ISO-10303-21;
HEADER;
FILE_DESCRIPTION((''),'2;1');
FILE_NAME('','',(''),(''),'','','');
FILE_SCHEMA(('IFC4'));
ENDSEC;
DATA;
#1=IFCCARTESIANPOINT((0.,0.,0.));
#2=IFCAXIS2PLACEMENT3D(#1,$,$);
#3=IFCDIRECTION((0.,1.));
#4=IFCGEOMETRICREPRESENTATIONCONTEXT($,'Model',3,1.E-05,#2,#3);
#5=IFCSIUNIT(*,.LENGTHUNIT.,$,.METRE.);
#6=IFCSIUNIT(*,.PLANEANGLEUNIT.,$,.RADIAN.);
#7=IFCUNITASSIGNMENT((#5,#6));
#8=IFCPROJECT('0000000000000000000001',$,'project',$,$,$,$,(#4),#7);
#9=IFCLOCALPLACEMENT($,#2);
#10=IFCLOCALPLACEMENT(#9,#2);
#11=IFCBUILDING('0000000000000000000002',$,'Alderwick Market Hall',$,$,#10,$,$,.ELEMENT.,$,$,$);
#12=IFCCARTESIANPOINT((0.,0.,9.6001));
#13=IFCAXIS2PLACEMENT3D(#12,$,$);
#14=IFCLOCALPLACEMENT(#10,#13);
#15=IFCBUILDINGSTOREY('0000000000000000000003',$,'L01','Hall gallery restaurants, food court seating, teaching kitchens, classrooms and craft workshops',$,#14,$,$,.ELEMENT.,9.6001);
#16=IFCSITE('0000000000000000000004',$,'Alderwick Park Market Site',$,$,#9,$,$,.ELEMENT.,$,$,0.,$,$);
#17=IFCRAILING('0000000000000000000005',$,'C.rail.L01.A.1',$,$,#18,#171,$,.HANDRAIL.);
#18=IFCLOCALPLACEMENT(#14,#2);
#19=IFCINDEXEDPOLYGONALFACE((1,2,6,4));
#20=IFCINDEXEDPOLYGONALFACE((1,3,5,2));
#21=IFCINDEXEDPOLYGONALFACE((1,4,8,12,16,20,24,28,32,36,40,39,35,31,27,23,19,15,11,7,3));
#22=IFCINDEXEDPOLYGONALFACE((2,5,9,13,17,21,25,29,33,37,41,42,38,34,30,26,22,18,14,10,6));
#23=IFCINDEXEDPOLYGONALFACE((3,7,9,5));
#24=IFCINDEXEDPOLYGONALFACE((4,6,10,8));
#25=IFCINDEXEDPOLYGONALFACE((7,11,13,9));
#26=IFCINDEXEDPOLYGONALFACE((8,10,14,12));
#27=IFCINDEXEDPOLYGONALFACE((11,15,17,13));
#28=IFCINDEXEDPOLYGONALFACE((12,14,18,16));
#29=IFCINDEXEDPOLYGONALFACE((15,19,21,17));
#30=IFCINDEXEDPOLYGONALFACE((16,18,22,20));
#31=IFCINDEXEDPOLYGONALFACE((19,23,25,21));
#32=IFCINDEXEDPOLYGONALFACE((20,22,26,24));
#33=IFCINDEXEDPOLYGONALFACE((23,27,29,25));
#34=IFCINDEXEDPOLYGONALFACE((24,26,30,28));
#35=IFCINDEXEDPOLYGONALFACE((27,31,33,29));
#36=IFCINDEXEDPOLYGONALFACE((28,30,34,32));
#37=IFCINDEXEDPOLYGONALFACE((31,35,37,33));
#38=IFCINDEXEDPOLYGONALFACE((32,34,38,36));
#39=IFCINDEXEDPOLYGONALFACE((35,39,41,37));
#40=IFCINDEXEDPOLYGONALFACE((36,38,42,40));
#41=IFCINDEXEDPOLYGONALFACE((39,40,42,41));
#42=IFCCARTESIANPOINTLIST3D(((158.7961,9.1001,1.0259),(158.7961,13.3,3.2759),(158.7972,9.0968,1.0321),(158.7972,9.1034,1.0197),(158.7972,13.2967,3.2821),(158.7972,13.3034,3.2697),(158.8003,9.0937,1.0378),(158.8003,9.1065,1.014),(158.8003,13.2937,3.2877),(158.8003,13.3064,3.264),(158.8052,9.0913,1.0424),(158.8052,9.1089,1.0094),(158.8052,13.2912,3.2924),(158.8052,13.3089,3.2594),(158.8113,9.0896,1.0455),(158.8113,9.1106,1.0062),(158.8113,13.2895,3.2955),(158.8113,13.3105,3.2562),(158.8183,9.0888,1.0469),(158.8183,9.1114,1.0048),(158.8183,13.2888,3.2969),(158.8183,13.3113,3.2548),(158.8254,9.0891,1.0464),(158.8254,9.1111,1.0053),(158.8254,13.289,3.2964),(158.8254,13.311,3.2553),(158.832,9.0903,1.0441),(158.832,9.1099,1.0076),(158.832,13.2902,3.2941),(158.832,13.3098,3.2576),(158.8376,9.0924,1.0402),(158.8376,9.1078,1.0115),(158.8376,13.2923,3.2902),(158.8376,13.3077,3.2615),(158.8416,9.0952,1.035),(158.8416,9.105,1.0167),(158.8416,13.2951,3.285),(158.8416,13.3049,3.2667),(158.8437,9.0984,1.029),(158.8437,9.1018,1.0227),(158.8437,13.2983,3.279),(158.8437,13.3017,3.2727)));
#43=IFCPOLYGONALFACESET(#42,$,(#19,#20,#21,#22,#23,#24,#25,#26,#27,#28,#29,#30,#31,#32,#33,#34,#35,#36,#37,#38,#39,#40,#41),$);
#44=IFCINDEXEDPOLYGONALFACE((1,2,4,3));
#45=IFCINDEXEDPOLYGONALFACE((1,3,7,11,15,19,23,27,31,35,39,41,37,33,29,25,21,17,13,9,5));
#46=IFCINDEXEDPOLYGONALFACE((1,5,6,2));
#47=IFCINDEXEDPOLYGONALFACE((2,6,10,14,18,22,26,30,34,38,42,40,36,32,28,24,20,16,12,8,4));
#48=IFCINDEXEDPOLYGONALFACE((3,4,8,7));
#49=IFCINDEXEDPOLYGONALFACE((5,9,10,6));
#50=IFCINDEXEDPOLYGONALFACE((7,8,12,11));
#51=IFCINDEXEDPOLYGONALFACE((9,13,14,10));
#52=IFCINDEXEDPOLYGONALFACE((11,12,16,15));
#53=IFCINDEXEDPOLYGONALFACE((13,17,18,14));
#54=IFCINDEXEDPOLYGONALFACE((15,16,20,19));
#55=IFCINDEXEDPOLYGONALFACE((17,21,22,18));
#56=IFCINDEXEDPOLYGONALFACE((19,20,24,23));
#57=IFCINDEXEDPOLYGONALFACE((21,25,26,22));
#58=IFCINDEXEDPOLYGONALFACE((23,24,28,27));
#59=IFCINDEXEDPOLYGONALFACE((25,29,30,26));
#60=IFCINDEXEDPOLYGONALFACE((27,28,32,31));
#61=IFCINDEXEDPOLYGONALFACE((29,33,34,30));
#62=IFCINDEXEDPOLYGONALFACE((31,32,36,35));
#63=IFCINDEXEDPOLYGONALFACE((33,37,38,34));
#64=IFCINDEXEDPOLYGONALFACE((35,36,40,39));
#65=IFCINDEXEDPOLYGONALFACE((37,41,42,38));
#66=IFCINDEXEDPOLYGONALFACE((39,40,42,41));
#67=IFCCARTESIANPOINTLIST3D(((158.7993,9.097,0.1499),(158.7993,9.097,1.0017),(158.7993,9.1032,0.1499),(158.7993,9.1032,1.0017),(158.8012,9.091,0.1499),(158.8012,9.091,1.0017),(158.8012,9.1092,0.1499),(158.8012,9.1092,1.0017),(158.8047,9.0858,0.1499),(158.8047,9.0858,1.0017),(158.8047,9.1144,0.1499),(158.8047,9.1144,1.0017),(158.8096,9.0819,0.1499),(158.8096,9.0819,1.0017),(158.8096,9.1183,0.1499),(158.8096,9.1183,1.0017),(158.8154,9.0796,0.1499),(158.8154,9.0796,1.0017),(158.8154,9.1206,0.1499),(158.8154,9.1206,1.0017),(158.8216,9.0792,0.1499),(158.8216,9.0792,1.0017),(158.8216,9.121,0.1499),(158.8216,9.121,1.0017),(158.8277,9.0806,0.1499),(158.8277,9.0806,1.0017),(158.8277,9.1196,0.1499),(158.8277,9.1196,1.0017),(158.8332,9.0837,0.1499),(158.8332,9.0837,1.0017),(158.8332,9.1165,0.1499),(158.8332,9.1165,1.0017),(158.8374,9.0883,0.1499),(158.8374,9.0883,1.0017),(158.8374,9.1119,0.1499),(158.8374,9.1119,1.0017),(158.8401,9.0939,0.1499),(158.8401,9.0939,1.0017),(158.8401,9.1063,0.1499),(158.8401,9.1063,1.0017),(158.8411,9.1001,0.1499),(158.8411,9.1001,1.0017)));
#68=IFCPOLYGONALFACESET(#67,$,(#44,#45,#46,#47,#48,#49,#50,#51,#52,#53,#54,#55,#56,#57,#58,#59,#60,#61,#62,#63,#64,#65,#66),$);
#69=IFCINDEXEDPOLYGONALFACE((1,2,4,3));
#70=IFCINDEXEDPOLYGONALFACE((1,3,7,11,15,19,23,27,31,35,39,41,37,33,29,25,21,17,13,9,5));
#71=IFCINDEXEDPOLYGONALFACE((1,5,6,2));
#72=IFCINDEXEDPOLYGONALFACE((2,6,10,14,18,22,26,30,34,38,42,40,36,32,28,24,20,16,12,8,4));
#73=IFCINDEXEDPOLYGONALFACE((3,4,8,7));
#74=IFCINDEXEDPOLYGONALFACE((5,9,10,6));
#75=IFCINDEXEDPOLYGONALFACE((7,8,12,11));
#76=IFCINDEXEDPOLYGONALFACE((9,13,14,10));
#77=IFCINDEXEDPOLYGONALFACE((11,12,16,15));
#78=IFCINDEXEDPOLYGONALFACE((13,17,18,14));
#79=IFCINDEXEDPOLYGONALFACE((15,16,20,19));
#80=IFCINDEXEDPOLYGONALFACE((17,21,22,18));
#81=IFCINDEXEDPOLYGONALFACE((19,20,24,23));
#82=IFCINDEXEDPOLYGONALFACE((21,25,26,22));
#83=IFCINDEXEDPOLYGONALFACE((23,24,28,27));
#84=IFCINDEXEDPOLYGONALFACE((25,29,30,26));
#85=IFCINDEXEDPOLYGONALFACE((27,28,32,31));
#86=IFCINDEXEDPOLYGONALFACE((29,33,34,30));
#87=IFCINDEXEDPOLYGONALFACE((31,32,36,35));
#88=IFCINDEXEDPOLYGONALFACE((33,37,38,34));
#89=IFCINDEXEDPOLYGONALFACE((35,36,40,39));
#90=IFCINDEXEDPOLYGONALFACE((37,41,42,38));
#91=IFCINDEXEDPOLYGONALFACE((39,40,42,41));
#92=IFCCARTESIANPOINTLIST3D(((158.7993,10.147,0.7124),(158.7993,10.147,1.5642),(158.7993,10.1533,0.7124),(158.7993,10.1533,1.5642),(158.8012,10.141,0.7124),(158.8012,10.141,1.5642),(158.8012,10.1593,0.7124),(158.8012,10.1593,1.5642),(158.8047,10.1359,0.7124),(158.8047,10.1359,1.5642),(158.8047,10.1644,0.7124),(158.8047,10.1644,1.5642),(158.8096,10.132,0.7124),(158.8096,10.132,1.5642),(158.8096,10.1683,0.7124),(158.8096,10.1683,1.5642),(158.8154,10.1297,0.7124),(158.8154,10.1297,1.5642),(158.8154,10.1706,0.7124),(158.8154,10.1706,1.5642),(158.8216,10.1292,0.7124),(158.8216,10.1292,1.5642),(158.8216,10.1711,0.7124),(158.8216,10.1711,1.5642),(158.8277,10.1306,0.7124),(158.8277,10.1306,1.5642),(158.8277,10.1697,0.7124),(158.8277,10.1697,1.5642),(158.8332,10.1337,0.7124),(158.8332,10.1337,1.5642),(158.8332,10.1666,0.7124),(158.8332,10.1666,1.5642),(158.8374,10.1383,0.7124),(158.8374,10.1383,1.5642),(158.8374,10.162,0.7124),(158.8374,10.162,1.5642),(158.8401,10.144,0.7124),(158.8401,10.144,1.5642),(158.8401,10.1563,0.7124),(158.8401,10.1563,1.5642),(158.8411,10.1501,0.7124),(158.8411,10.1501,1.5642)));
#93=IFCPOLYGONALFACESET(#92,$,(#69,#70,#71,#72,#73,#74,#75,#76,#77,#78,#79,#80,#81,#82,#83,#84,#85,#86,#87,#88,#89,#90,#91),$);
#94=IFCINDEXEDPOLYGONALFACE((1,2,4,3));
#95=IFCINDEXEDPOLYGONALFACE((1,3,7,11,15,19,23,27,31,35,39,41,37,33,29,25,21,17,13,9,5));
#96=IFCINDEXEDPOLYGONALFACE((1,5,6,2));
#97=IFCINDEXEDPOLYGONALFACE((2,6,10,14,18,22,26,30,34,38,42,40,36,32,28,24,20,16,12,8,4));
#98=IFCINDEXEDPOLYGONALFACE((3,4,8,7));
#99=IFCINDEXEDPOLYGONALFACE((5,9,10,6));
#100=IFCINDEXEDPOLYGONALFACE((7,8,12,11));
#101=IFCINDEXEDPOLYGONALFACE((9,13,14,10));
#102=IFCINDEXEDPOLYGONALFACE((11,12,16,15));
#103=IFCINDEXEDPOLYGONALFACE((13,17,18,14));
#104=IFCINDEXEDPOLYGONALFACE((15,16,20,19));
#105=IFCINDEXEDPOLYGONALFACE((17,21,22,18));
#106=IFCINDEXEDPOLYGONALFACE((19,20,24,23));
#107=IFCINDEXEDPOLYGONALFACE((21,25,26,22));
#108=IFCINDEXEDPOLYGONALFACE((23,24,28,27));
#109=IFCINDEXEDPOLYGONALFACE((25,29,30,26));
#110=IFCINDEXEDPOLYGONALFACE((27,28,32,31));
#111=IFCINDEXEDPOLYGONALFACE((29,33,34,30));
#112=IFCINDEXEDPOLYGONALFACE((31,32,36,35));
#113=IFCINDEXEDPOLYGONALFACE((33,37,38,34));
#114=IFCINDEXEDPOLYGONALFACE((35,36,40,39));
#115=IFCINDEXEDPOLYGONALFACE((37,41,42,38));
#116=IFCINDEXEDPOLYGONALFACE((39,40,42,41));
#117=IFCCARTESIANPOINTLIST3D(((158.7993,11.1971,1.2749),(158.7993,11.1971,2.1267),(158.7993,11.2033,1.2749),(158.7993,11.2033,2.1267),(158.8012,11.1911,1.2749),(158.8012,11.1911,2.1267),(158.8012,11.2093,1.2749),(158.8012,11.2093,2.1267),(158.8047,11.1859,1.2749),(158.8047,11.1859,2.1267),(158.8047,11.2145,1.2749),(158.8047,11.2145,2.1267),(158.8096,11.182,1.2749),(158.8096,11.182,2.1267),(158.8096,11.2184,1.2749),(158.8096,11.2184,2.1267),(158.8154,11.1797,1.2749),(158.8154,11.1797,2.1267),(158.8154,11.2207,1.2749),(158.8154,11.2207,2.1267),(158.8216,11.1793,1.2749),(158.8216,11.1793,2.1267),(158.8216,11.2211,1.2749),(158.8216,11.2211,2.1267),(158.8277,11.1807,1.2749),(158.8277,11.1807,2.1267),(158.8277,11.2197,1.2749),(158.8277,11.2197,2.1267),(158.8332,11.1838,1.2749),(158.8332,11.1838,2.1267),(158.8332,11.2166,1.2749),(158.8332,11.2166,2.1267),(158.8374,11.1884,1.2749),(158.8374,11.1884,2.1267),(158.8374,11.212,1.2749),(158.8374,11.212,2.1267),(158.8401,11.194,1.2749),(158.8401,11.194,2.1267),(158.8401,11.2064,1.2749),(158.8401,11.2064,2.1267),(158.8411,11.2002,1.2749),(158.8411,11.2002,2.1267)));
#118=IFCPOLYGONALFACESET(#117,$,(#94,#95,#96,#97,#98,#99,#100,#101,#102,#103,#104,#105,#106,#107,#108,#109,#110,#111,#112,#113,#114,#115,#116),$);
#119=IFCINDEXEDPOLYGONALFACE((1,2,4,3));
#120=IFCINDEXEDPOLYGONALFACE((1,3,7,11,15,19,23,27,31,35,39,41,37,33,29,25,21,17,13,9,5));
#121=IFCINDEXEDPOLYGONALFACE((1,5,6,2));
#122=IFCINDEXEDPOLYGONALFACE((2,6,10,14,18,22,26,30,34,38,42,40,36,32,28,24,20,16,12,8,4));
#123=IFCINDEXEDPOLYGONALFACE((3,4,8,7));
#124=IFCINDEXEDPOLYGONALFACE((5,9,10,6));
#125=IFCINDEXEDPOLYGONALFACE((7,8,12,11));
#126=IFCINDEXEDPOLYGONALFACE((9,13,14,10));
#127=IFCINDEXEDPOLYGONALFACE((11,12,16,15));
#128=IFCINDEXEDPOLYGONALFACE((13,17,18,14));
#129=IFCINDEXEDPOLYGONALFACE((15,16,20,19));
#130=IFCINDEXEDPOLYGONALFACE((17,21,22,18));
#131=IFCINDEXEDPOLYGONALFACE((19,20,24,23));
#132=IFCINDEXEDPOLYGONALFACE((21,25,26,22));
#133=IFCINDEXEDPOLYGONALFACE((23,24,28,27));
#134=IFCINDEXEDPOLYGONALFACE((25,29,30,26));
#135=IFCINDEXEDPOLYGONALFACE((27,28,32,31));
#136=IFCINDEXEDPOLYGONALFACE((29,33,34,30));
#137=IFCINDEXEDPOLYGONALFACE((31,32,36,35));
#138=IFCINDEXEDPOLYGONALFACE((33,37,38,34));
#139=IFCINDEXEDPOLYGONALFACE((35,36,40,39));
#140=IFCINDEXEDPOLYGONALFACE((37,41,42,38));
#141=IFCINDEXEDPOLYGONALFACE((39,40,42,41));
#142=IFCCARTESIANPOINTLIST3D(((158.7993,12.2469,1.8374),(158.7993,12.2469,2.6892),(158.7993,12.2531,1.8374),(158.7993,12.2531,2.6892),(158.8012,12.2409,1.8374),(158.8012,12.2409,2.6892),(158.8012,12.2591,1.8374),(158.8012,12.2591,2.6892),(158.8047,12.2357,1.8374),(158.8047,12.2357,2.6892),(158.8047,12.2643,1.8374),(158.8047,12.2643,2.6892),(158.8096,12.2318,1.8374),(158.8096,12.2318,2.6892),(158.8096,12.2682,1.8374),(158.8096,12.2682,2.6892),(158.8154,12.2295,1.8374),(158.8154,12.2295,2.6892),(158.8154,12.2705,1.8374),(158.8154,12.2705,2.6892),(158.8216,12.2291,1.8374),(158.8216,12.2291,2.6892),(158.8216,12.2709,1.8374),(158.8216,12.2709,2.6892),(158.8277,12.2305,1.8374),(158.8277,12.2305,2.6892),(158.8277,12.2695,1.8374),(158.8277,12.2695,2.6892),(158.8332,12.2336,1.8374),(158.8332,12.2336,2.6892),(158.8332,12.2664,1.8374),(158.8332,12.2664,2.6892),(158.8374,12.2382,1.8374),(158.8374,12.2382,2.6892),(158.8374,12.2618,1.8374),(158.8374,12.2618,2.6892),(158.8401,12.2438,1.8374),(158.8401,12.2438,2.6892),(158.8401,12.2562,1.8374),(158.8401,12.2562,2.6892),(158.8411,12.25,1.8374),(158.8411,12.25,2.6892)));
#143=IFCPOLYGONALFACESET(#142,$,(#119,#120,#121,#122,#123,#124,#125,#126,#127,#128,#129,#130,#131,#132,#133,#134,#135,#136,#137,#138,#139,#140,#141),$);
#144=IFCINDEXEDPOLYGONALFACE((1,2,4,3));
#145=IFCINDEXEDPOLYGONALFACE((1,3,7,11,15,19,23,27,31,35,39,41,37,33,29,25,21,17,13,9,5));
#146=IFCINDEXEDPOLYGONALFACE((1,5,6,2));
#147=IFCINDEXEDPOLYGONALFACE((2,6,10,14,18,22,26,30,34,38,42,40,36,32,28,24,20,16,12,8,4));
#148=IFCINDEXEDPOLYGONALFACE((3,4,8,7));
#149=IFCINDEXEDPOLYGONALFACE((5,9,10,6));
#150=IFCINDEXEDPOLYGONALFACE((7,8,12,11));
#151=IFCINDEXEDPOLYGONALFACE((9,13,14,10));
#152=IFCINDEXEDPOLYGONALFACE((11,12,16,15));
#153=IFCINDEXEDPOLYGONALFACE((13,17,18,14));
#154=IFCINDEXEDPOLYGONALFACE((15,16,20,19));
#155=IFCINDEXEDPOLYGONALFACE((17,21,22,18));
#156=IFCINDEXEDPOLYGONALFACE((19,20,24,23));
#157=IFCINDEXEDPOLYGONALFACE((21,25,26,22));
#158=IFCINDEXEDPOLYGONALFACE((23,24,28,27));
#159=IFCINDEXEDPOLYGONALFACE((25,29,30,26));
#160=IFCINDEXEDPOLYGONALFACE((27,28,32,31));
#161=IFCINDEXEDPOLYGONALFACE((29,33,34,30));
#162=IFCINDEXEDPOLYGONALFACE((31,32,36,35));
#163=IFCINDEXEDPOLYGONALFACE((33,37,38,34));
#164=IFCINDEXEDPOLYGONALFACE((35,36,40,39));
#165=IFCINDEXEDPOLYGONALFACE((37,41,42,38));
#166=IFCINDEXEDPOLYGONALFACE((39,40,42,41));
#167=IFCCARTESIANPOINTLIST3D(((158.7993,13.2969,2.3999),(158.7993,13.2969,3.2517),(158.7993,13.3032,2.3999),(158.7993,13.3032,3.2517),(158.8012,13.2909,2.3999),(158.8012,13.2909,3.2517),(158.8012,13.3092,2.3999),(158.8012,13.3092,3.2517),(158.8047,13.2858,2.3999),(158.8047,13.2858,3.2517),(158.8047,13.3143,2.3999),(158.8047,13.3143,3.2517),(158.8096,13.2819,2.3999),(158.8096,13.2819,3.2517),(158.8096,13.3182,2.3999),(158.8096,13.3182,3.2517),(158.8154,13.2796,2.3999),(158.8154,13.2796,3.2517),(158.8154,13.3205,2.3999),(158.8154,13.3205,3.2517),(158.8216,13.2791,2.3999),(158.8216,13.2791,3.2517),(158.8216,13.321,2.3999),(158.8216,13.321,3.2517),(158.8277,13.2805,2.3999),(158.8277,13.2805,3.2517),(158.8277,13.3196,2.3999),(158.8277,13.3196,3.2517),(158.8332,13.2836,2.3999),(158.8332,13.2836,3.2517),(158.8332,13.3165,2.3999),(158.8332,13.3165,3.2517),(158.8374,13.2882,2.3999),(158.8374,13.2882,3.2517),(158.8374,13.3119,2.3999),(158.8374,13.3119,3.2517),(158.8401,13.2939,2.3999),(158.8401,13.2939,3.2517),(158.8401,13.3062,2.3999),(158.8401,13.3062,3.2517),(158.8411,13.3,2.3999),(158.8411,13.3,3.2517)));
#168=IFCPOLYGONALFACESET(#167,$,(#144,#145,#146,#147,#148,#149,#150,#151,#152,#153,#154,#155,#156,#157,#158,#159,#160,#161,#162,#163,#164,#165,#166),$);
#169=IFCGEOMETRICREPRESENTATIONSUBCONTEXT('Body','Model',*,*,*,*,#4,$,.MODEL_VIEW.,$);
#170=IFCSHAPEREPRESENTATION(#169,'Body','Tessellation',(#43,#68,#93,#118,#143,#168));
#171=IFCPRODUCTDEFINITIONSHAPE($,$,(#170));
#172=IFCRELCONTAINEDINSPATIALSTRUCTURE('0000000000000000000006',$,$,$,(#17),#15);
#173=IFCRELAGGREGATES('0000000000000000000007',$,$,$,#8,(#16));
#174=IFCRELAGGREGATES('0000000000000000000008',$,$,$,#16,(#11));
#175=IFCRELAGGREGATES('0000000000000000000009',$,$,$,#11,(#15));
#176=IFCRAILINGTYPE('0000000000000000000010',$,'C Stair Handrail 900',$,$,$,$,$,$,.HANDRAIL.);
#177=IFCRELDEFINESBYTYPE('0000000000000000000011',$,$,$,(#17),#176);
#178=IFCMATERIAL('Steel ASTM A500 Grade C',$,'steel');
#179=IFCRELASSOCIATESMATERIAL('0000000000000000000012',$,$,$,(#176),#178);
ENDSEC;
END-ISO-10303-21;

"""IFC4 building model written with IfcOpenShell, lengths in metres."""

from ifc_helpers import new_model, si_unit, direction, frame, origin, origin_2d, place, context, subcontext, project, spatial, circle, extrude, material, type_object, element, save


model = new_model("IFC4")

# Units and contexts
model_context = context("Model", 3, precision=1e-05, world=origin(), true_north=direction((0.0, 1.0)))
body_context = subcontext(model_context, "Body", "Model", "MODEL_VIEW")
ifc_project = project(units=[si_unit("LENGTHUNIT", "METRE"), si_unit("PLANEANGLEUNIT", "RADIAN")], contexts=[model_context])

# Site, building, storey
site_placement = place(None, origin())
site = spatial("IfcSite", under=ifc_project, at=site_placement, Name="Alderwick Park Market Site", CompositionType="ELEMENT", RefElevation=0.0)
building_placement = place(site_placement, origin())
building = spatial("IfcBuilding", under=site, at=building_placement, Name="Alderwick Market Hall", CompositionType="ELEMENT")
storey_placement = place(building_placement, frame((0.0, 0.0, 9.6001)))
storey = spatial("IfcBuildingStorey", under=building, at=storey_placement, Name="L01", Description="Hall gallery restaurants, food court seating, teaching kitchens, classrooms and craft workshops", CompositionType="ELEMENT", Elevation=9.6001)

# Railing
ifc_material_1 = material(Name="Steel ASTM A500 Grade C", Category="steel")
railing_type = type_object("IfcRailingType", Name="C Stair Handrail 900", PredefinedType="HANDRAIL", material=ifc_material_1)
for number, where, name in (
    (1, (158.8201, 9.1001, 0.1499), "C.rail.L01.A.1"),
):
    element("IfcRailing", number, at=place(storey_placement, frame(where)), inside=storey, type_object=railing_type, Name=name, PredefinedType="HANDRAIL", context=body_context, shape_type="SweptSolid", body=[
        extrude(circle(Radius=0.0239, at=origin_2d()), frame((0.0, 0.0, 0.876), z_axis=(0.0, 0.881478, 0.472226), x_axis=(-1.0, 0.0, 0.0)), (0.0, 0.0, 1.0), 4.7646),
        extrude(circle(Radius=0.021, at=origin_2d()), origin(), (0.0, 0.0, 1.0), 0.8518),
        extrude(circle(Radius=0.021, at=origin_2d()), frame((0.0, 1.05, 0.5625)), (0.0, 0.0, 1.0), 0.8518),
        extrude(circle(Radius=0.021, at=origin_2d()), frame((0.0, 2.1001, 1.125)), (0.0, 0.0, 1.0), 0.8518),
        extrude(circle(Radius=0.021, at=origin_2d()), frame((0.0, 3.1499, 1.6875)), (0.0, 0.0, 1.0), 0.8518),
        extrude(circle(Radius=0.021, at=origin_2d()), frame((0.0, 4.2, 2.25)), (0.0, 0.0, 1.0), 0.8518),
    ])

save(model, "model.ifc")
